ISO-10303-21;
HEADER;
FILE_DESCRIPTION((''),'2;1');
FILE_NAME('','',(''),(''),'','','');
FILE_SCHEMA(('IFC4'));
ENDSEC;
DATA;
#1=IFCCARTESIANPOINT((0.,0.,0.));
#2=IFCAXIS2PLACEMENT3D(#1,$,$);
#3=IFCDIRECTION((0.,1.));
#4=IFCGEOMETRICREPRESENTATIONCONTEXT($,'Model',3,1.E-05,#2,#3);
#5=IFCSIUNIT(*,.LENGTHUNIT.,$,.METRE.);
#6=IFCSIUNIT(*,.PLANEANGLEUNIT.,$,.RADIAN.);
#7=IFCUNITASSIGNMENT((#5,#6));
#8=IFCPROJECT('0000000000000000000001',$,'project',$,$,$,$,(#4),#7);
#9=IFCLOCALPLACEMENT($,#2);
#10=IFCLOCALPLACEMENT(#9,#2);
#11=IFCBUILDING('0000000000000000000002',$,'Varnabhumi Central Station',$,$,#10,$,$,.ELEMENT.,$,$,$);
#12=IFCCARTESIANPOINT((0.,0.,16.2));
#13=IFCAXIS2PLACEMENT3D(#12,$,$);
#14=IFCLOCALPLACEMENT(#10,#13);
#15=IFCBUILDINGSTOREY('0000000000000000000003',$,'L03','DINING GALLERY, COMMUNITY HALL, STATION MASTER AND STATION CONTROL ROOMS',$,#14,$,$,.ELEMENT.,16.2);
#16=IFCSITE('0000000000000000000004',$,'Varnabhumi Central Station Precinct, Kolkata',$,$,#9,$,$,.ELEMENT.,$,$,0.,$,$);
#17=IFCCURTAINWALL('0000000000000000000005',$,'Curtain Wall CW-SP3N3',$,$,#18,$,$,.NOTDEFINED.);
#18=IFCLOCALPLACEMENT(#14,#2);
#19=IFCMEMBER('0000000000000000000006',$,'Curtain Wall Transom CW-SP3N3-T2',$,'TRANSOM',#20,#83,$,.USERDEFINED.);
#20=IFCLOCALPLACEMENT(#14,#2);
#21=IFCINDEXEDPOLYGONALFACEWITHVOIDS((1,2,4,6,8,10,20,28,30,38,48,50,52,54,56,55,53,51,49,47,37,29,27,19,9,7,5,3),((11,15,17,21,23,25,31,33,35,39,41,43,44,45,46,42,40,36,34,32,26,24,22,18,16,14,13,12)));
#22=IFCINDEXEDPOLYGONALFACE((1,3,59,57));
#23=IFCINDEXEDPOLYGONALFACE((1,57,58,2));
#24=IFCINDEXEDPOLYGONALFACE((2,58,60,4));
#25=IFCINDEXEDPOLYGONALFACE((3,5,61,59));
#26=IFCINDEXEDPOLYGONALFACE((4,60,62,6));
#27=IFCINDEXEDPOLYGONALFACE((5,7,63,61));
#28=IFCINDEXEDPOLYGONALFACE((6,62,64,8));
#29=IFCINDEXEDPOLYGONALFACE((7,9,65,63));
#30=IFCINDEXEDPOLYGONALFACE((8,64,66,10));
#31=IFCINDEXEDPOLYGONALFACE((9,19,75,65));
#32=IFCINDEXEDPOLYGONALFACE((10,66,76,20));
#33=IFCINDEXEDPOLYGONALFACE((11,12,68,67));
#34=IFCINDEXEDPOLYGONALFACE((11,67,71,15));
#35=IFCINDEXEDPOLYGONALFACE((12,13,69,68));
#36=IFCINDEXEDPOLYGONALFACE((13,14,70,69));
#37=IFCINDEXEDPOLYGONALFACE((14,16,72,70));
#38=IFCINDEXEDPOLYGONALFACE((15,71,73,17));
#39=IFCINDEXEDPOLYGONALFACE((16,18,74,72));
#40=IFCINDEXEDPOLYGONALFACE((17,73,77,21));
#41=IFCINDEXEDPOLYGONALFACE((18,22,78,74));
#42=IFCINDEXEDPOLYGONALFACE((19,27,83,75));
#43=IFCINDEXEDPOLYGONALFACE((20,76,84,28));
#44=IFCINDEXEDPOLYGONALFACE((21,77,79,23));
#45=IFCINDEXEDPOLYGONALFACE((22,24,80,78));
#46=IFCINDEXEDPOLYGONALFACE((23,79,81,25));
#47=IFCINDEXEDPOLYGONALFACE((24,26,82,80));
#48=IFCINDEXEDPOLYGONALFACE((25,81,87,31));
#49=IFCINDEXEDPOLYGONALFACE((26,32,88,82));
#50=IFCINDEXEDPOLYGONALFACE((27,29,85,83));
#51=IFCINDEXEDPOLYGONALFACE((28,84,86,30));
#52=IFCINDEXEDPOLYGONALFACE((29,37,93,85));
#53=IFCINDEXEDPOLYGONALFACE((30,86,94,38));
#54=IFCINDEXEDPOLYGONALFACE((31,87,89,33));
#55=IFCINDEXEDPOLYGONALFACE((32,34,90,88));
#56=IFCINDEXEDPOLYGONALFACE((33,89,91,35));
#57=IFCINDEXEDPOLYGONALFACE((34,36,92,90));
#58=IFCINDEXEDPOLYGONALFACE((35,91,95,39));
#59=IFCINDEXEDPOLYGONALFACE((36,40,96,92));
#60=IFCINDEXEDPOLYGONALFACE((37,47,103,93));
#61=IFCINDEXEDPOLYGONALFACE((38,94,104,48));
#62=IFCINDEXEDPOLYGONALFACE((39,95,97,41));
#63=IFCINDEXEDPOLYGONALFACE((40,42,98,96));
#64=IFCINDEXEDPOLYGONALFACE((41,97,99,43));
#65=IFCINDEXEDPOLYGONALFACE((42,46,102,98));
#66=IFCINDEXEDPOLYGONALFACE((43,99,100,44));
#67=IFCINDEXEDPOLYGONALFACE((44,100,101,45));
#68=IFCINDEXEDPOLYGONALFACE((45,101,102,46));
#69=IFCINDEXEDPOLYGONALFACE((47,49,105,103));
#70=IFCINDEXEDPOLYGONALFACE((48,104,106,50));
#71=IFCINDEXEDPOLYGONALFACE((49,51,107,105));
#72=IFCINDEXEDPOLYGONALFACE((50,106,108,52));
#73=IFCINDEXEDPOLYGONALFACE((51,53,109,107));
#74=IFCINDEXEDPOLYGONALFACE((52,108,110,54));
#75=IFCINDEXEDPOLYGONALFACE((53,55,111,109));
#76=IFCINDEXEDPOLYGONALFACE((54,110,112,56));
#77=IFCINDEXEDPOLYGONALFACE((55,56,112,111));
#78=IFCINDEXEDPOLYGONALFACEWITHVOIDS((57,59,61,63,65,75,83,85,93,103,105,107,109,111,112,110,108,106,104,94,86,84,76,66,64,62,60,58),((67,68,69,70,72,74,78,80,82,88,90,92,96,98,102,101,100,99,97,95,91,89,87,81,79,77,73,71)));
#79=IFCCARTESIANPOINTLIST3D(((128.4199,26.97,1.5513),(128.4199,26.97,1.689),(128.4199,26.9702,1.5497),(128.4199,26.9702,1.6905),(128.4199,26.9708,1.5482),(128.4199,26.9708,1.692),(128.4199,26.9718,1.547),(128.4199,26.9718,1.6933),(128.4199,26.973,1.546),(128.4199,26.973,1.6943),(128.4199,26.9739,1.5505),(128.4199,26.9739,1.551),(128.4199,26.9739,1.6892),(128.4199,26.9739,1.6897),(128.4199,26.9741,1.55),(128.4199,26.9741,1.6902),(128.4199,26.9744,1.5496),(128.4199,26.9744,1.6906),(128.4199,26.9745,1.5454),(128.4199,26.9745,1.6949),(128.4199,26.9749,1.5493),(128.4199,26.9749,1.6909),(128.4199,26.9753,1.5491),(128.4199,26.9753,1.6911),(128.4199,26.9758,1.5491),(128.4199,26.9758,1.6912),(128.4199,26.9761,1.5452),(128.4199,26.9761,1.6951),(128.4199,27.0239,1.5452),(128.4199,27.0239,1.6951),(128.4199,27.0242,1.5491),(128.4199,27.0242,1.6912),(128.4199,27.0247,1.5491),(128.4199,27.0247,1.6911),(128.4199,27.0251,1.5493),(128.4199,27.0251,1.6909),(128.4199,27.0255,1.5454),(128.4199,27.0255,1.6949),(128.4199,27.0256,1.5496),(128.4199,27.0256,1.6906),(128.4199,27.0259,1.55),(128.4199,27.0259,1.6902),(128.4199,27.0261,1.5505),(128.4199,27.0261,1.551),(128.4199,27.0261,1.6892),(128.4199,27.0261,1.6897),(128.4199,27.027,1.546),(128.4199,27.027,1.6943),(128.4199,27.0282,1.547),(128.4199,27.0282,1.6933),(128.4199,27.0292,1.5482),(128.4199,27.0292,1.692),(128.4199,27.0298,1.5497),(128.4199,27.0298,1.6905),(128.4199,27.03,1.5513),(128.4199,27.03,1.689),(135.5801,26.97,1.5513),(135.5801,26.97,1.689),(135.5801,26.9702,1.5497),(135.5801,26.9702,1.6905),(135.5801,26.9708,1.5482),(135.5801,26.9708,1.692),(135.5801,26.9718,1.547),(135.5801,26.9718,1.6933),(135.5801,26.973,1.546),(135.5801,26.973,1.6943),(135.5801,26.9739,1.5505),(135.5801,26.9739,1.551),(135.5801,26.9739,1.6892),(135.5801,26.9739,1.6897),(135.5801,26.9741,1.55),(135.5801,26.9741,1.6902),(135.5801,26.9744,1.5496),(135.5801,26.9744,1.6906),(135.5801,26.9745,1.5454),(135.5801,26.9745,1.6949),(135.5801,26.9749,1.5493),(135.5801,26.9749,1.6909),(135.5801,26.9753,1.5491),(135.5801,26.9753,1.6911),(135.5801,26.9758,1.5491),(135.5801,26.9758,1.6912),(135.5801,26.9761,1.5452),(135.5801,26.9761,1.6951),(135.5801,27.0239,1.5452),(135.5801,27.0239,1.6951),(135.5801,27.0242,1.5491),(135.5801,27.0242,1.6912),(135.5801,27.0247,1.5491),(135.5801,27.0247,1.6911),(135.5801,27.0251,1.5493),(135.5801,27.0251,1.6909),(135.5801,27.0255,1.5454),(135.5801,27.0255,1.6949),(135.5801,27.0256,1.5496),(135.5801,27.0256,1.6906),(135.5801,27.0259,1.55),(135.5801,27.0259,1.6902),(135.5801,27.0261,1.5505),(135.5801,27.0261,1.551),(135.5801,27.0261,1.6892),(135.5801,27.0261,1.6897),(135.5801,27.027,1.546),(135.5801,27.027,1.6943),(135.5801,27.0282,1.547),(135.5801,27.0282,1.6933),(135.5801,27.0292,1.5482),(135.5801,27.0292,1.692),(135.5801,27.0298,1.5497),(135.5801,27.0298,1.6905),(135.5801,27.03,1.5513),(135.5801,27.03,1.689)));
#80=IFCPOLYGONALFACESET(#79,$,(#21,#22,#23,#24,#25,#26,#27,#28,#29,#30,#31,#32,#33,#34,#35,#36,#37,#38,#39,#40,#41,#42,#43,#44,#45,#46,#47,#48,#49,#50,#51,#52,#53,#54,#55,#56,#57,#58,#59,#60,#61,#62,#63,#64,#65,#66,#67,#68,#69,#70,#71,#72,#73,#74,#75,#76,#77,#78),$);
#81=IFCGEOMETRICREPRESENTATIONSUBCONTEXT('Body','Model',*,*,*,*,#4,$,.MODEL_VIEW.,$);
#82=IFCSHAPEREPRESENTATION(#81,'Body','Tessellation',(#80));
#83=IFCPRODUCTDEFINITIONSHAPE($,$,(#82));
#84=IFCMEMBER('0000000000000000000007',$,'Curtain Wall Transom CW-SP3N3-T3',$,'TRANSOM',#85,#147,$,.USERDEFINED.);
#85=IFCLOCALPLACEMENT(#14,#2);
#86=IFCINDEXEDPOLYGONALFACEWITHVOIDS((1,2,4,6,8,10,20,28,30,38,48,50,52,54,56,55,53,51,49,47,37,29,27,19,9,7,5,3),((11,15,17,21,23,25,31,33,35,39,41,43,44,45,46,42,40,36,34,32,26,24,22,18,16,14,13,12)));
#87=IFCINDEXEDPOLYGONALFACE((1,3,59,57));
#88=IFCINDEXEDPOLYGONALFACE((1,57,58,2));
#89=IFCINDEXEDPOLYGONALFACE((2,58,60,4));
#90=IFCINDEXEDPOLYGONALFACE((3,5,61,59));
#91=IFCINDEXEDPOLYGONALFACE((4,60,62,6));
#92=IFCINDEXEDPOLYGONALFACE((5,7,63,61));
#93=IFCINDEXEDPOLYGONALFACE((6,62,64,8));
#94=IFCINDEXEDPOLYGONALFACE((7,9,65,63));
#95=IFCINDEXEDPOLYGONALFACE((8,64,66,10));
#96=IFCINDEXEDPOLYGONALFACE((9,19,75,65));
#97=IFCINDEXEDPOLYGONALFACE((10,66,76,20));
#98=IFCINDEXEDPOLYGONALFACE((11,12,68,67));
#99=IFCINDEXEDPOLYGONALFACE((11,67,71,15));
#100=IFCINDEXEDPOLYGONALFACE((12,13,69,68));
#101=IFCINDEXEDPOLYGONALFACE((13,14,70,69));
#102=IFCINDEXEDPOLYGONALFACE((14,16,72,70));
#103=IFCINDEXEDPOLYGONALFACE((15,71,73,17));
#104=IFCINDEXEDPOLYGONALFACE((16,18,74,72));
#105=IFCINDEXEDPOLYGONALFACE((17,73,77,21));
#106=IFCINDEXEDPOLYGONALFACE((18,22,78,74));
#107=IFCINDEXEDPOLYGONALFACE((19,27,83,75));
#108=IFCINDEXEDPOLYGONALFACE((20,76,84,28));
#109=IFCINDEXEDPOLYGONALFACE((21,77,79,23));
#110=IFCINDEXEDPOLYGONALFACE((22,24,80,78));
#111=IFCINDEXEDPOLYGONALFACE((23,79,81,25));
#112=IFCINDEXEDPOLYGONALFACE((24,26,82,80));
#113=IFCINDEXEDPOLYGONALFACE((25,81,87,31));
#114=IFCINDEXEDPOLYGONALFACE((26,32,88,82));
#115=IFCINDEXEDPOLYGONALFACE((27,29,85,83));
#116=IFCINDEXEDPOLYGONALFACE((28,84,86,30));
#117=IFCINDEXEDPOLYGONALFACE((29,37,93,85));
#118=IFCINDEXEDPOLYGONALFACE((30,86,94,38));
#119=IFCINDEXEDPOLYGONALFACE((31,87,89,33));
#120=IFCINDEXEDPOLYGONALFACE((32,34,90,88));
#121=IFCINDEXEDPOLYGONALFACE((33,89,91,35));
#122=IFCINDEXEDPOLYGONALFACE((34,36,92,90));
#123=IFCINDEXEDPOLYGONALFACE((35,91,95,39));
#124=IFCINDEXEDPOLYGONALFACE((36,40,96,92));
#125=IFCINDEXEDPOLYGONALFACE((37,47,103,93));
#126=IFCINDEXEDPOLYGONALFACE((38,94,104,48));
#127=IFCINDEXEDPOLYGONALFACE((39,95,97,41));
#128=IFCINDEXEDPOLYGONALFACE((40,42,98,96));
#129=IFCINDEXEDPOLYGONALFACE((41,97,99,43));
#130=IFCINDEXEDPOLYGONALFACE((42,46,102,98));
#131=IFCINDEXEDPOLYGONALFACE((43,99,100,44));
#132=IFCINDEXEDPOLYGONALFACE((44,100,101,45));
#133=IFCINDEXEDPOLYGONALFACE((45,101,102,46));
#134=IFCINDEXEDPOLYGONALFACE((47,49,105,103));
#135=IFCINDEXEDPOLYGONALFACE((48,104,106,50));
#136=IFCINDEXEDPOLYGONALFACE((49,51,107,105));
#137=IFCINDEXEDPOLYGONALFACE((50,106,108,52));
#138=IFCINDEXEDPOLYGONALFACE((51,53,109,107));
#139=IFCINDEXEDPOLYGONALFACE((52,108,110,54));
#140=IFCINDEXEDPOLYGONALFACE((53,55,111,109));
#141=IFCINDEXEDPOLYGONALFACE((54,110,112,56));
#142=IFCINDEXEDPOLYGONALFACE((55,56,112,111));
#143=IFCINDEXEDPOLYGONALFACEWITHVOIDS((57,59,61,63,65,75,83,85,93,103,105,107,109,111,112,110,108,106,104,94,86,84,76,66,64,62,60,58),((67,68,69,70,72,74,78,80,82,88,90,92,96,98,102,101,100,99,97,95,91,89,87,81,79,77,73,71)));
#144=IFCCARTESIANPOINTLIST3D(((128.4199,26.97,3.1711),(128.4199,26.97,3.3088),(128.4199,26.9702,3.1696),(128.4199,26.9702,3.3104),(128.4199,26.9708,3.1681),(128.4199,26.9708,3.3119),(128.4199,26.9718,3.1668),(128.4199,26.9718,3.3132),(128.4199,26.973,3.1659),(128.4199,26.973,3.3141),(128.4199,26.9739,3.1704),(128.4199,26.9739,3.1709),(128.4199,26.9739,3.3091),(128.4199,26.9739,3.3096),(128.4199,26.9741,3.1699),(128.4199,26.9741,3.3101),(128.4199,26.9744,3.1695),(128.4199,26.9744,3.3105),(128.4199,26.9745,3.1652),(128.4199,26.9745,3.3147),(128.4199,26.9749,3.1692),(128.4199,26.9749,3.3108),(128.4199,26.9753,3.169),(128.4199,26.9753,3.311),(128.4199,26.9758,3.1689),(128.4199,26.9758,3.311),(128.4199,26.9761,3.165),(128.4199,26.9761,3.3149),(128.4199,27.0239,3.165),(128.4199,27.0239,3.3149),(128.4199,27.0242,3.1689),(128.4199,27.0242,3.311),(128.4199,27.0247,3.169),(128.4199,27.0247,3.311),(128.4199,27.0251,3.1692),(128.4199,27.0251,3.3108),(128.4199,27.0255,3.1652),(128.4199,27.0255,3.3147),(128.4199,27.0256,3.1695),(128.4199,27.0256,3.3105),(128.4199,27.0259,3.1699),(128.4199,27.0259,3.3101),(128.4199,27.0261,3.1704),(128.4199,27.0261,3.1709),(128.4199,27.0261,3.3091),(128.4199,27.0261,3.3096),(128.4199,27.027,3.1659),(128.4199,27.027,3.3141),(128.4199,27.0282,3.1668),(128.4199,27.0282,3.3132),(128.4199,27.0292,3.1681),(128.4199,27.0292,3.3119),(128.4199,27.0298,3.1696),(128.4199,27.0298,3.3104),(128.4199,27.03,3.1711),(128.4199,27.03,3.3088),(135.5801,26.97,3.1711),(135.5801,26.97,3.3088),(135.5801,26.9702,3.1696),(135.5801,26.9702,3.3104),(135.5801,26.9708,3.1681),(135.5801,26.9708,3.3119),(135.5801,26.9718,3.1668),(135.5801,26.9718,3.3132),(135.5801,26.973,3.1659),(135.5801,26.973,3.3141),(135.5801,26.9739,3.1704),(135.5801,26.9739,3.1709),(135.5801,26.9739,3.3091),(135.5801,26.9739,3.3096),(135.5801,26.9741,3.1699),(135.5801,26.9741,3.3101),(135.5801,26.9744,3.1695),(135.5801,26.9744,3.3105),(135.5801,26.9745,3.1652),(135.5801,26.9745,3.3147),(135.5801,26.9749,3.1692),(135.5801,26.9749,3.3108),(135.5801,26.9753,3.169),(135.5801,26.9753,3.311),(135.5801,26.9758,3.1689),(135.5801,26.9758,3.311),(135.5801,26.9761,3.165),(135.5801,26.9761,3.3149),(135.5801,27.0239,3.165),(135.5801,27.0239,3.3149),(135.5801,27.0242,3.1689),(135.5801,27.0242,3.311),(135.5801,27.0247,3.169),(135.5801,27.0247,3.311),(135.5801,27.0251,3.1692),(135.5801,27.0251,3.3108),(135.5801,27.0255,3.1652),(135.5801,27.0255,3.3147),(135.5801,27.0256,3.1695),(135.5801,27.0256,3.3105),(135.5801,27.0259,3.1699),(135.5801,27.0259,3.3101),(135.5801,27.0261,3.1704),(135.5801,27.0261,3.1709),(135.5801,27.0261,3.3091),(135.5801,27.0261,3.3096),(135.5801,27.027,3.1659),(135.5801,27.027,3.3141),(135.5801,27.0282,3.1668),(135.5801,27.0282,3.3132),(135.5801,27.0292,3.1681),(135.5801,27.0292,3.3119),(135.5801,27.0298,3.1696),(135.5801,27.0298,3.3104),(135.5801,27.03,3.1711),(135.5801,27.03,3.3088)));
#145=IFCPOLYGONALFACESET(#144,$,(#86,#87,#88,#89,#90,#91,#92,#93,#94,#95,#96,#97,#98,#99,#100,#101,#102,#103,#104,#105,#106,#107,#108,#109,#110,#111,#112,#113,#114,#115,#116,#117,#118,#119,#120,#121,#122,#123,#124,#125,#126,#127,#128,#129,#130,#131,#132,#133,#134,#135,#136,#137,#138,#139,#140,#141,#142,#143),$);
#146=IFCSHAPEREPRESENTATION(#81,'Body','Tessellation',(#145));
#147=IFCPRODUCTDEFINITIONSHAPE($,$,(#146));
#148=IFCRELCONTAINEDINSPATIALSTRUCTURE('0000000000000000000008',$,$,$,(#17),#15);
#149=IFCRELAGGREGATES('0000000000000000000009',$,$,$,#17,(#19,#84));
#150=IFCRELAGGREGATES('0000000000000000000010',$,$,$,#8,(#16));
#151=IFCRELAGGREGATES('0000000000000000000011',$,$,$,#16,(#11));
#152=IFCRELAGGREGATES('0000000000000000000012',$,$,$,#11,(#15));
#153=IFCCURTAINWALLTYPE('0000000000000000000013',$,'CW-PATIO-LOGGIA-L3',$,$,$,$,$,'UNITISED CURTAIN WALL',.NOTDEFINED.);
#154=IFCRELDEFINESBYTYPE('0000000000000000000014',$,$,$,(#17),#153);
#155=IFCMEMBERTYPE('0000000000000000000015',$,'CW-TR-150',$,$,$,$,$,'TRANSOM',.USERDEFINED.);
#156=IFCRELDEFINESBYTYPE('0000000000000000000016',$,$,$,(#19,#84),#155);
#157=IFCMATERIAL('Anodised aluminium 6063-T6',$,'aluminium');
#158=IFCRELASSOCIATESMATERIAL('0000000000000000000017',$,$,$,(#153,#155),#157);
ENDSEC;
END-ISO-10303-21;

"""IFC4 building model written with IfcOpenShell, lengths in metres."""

from ifc_helpers import new_model, si_unit, direction, frame, origin, origin_2d, place, context, subcontext, project, spatial, hollow_rectangle, extrude, material, material_profile, profile_set, type_object, element, aggregate, save


model = new_model("IFC4")

# Units and contexts
model_context = context("Model", 3, precision=1e-05, world=origin(), true_north=direction((0.0, 1.0)))
body_context = subcontext(model_context, "Body", "Model", "MODEL_VIEW")
ifc_project = project(units=[si_unit("LENGTHUNIT", "METRE"), si_unit("PLANEANGLEUNIT", "RADIAN")], contexts=[model_context])

# Site, building, storey
site_placement = place(None, origin())
site = spatial("IfcSite", under=ifc_project, at=site_placement, Name="Varnabhumi Central Station Precinct, Kolkata", CompositionType="ELEMENT", RefElevation=0.0)
building_placement = place(site_placement, origin())
building = spatial("IfcBuilding", under=site, at=building_placement, Name="Varnabhumi Central Station", CompositionType="ELEMENT")
storey_placement = place(building_placement, frame((0.0, 0.0, 16.2)))
storey = spatial("IfcBuildingStorey", under=building, at=storey_placement, Name="L03", Description="DINING GALLERY, COMMUNITY HALL, STATION MASTER AND STATION CONTROL ROOMS", CompositionType="ELEMENT", Elevation=16.2)

# Shared definitions
ifc_material_1 = material(Name="Anodised aluminium 6063-T6", Category="aluminium")

# Shared definitions
curtain_wall_type_1 = type_object("IfcCurtainWallType", Name="CW-PATIO-LOGGIA-L3", ElementType="UNITISED CURTAIN WALL", PredefinedType="NOTDEFINED", material=ifc_material_1)

# Curtain wall
curtain_wall_1_placement = place(storey_placement, origin())
curtain_wall_1 = element("IfcCurtainWall", 1, at=curtain_wall_1_placement, inside=storey, type_object=curtain_wall_type_1, Name="Curtain Wall CW-SP3N3", PredefinedType="NOTDEFINED")

# Members
ifc_material_profile_1 = material_profile(ifc_material_1, hollow_rectangle(XDim=0.0601, YDim=0.1499, WallThickness=0.0039, InnerFilletRadius=0.002, OuterFilletRadius=0.0061, at=origin_2d()), Name="Anodised aluminium 6063-T6", Category="aluminium")
ifc_profile_set_1 = profile_set([ifc_material_profile_1], Name="Anodised aluminium 6063-T6")
member_type_1 = type_object("IfcMemberType", Name="CW-TR-150", ElementType="TRANSOM", PredefinedType="USERDEFINED", material=ifc_profile_set_1)
member_1_placement = place(storey_placement, frame((128.4199, 27.0, 1.6201), z_axis=(1.0, 0.0, 0.0), x_axis=(0.0, 1.0, 0.0)))
member_1 = element("IfcMember", 2, at=member_1_placement, type_object=member_type_1, Name="Curtain Wall Transom CW-SP3N3-T2", ObjectType="TRANSOM", PredefinedType="USERDEFINED", context=body_context, shape_type="SweptSolid", body=[
    extrude(hollow_rectangle(XDim=0.0601, YDim=0.1499, WallThickness=0.0039, InnerFilletRadius=0.002, OuterFilletRadius=0.0061, at=origin_2d()), origin(), (0.0, 0.0, 1.0), 7.1602),
])
member_2_placement = place(storey_placement, frame((128.4199, 27.0, 3.24), z_axis=(1.0, 0.0, 0.0), x_axis=(0.0, 1.0, 0.0)))
member_2 = element("IfcMember", 3, at=member_2_placement, type_object=member_type_1, Name="Curtain Wall Transom CW-SP3N3-T3", ObjectType="TRANSOM", PredefinedType="USERDEFINED", context=body_context, shape_type="SweptSolid", body=[
    extrude(hollow_rectangle(XDim=0.0601, YDim=0.1499, WallThickness=0.0039, InnerFilletRadius=0.002, OuterFilletRadius=0.0061, at=origin_2d()), origin(), (0.0, 0.0, 1.0), 7.1602),
])

aggregate(curtain_wall_1, [member_1, member_2])

save(model, "model.ifc")
